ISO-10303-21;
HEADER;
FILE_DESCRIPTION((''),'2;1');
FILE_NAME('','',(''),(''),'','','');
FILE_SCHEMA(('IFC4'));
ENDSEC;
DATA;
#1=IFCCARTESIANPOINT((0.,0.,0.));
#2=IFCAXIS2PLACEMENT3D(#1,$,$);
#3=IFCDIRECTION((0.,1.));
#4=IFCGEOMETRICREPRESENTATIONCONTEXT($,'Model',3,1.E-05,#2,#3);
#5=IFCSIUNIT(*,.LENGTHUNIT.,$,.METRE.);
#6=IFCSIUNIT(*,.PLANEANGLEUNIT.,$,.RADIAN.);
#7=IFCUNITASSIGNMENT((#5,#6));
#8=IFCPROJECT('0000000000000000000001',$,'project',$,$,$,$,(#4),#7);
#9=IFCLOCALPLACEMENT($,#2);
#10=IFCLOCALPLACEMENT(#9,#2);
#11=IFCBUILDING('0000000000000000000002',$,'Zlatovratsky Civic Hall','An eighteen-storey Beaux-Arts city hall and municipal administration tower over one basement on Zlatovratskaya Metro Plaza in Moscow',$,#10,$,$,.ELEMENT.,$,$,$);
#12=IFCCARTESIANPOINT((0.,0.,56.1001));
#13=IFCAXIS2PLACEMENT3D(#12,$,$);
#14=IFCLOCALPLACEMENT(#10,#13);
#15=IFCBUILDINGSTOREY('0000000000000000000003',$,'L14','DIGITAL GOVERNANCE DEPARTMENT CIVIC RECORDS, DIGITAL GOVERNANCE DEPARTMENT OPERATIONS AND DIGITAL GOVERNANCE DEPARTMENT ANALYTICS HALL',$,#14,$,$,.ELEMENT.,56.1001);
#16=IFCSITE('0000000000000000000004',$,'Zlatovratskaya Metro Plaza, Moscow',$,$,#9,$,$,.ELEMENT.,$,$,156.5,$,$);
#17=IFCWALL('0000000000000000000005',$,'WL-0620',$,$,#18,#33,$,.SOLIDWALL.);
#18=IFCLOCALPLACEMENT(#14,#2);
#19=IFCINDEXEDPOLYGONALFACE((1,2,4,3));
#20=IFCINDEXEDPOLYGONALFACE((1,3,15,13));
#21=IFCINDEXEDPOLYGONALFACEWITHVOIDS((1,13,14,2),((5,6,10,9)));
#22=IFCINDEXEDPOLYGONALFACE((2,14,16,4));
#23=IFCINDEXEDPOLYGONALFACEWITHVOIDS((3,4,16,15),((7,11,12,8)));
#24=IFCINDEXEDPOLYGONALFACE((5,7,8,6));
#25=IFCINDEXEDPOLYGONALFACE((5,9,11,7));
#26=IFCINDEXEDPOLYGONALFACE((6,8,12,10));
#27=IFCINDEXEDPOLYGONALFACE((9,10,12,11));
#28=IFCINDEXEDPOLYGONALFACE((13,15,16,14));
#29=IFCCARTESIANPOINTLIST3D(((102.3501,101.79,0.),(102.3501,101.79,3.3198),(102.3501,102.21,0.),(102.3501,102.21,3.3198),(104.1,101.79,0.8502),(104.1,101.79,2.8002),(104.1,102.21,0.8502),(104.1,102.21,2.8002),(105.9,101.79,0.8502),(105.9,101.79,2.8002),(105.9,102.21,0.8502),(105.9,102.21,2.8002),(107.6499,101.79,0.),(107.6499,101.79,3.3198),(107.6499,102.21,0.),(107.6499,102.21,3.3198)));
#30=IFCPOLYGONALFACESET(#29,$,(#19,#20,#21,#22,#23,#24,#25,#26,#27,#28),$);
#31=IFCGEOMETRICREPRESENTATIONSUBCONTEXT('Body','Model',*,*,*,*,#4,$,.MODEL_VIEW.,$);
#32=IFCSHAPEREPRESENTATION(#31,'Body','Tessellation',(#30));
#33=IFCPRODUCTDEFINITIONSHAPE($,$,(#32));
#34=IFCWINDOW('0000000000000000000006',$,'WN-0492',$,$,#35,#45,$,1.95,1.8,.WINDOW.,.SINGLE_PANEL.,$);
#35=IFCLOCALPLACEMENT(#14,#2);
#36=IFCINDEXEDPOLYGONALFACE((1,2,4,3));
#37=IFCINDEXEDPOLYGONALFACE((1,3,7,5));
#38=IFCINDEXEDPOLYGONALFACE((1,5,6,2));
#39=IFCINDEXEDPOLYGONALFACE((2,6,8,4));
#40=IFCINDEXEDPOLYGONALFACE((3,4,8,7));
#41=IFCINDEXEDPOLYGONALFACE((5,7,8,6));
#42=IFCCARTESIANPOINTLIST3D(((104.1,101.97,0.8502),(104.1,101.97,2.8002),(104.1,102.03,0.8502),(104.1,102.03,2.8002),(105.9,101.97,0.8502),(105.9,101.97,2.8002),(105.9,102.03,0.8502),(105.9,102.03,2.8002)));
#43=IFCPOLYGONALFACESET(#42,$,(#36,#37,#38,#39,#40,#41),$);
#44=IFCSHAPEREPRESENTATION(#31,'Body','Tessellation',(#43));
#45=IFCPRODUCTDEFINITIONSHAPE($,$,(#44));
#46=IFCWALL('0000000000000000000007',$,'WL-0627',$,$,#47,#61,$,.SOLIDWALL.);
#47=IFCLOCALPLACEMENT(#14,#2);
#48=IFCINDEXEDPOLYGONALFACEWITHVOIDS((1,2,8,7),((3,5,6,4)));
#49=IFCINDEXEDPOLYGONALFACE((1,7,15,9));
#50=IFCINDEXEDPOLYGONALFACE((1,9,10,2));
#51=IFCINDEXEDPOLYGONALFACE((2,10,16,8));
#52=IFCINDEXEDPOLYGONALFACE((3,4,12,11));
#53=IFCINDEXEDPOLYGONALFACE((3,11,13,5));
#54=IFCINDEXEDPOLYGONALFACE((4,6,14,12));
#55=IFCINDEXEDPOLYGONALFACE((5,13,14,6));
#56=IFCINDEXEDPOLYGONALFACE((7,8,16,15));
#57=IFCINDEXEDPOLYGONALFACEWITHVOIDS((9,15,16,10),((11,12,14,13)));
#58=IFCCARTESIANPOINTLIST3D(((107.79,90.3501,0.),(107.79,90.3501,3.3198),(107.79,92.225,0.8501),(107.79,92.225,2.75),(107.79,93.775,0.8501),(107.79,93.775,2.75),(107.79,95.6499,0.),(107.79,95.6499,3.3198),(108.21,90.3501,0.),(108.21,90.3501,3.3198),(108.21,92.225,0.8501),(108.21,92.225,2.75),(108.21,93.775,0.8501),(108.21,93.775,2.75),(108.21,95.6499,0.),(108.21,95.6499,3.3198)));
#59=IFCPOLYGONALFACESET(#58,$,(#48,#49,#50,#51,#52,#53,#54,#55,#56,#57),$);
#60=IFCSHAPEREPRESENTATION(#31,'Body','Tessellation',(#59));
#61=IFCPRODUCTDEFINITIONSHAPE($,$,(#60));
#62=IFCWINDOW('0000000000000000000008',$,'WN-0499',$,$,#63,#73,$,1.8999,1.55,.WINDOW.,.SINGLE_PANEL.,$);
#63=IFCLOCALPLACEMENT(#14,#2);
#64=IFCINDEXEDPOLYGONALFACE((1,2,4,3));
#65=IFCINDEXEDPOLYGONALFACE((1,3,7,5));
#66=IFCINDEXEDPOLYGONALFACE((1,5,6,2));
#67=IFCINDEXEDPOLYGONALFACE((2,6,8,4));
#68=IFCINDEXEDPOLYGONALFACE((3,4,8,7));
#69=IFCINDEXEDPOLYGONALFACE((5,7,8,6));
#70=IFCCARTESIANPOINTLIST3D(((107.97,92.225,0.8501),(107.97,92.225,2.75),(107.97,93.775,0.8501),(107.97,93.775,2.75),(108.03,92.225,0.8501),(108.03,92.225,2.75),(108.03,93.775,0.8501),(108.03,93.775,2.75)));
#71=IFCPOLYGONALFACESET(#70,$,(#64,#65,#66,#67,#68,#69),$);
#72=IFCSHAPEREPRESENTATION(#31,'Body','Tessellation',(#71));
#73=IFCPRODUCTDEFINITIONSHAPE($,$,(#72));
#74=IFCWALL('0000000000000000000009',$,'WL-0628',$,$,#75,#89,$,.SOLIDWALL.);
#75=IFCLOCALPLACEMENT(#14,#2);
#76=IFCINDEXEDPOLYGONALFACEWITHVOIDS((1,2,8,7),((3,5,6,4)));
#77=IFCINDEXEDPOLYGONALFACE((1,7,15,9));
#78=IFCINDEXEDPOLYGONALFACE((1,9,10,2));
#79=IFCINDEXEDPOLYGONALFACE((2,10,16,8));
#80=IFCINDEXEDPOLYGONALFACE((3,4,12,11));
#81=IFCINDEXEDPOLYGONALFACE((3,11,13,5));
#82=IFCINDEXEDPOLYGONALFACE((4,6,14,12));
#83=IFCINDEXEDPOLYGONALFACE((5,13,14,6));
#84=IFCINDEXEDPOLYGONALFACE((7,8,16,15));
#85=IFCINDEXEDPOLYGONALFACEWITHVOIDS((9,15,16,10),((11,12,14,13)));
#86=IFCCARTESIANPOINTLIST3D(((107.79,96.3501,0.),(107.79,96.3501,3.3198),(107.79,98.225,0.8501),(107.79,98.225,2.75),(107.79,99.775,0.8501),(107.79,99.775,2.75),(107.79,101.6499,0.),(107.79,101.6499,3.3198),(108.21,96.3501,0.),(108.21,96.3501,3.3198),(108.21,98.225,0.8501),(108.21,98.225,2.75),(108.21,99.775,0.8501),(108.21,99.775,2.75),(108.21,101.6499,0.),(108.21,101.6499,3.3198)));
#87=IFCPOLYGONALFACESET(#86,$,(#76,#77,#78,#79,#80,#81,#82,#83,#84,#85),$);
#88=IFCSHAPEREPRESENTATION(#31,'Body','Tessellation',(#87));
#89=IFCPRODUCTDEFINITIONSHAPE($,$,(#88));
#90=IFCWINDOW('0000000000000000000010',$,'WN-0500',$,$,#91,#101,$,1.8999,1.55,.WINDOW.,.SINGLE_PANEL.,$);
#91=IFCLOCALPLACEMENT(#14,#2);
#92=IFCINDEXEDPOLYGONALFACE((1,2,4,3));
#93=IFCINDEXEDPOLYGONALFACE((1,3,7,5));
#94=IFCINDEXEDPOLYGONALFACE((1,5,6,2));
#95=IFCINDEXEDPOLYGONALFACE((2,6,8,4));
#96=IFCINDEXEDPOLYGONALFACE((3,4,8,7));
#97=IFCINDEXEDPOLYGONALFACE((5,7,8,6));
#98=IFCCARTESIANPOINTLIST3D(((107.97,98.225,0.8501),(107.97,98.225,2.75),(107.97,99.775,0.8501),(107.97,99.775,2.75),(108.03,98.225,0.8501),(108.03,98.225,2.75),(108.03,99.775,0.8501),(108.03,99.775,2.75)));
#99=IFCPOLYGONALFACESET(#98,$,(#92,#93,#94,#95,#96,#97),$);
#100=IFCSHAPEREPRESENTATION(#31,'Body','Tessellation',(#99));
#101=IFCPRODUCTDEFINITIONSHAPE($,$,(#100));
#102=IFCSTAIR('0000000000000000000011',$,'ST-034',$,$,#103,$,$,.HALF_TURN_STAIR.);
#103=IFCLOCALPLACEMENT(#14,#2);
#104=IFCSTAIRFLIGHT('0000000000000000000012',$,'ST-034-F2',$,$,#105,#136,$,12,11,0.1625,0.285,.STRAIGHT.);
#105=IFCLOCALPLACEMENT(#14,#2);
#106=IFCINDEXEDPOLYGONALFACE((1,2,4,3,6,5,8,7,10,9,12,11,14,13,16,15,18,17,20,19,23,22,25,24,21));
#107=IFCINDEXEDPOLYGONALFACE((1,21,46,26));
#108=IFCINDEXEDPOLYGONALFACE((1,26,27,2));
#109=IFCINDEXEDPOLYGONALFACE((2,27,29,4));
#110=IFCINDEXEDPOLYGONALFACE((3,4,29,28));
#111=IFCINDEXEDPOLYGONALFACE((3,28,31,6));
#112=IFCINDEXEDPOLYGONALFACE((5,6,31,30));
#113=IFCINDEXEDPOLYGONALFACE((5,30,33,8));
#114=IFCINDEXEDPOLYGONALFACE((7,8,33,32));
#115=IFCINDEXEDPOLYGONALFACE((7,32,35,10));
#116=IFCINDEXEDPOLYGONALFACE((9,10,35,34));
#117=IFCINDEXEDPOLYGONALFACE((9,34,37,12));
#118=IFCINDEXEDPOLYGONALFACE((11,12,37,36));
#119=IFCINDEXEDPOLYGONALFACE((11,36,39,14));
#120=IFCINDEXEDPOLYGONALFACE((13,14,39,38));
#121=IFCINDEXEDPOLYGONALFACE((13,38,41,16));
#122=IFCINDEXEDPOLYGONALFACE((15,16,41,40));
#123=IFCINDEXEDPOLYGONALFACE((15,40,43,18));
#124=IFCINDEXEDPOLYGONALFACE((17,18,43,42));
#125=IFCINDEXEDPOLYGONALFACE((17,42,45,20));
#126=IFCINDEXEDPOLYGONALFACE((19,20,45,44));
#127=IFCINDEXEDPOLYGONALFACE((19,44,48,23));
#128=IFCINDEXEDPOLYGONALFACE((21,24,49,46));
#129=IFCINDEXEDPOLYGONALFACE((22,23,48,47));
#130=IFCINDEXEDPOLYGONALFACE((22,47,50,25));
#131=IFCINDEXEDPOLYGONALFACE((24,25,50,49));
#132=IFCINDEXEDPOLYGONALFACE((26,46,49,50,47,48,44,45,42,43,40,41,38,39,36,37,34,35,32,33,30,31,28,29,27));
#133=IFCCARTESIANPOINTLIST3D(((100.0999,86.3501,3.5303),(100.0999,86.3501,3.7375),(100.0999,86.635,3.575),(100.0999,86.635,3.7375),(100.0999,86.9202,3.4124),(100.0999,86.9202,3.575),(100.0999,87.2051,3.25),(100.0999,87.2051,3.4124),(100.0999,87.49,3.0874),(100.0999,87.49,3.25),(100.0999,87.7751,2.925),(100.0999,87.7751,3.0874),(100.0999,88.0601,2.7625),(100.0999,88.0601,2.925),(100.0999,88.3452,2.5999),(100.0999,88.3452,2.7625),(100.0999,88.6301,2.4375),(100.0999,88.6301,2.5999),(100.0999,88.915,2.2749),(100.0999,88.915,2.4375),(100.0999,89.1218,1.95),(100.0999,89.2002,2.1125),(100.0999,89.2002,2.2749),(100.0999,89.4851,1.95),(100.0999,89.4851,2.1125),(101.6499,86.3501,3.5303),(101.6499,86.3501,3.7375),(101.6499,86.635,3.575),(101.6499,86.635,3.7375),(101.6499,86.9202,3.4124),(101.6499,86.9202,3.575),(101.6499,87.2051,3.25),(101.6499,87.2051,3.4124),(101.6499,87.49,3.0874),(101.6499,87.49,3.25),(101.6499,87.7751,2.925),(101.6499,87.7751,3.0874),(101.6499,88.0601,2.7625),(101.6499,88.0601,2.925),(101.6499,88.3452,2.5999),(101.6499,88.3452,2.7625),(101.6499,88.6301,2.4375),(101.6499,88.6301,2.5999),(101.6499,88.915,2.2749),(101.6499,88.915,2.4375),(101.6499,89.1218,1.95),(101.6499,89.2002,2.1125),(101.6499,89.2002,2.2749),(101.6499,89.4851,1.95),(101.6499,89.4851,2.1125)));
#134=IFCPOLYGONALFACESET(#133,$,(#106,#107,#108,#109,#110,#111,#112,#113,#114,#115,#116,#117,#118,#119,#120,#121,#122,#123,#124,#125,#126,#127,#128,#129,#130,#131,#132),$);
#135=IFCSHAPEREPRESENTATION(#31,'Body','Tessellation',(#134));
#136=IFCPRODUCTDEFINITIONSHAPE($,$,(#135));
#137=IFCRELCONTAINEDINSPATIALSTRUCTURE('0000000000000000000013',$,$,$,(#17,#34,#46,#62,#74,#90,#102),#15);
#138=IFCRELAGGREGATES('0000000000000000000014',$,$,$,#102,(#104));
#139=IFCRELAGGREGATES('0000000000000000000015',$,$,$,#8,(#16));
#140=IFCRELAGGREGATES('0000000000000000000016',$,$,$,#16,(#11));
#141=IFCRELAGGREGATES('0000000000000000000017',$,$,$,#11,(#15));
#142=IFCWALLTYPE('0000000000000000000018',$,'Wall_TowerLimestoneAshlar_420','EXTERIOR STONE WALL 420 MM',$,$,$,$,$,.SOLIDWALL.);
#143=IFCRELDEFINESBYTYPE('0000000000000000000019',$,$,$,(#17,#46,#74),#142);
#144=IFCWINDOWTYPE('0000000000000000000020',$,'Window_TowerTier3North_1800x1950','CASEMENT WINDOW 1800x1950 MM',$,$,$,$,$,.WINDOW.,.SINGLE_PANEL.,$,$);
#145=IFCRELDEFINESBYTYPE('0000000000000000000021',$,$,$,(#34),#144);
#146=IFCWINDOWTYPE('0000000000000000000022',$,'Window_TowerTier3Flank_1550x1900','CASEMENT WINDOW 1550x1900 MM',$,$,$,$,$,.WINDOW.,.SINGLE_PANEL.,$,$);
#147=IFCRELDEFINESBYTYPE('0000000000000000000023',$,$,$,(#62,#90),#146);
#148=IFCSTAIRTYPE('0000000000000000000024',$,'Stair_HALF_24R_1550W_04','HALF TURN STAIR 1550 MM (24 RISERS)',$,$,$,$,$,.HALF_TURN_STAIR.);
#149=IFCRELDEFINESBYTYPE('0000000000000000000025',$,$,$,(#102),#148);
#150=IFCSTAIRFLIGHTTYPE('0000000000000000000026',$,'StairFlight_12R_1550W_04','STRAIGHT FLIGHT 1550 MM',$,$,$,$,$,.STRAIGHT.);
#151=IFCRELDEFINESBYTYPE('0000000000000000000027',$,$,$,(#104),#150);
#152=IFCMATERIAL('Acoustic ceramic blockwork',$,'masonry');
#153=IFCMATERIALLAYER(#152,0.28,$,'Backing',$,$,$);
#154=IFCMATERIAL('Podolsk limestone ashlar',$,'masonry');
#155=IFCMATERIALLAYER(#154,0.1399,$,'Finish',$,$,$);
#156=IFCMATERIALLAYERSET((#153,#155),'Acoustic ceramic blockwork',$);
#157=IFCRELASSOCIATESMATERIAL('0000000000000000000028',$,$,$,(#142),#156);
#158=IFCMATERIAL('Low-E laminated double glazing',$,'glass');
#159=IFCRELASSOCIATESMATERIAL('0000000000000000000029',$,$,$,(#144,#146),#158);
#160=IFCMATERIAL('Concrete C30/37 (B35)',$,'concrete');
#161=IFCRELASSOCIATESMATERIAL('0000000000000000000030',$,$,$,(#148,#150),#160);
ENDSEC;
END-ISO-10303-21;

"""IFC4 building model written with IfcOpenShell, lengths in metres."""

from ifc_helpers import new_model, si_unit, direction, frame, frame_2d, origin, place, context, subcontext, project, spatial, polyline, rectangle, outline, extrude, material, layer, layer_set, type_object, element, fill, aggregate, save


model = new_model("IFC4")

# Units and contexts
model_context = context("Model", 3, precision=1e-05, world=origin(), true_north=direction((0.0, 1.0)))
body_context = subcontext(model_context, "Body", "Model", "MODEL_VIEW")
ifc_project = project(units=[si_unit("LENGTHUNIT", "METRE"), si_unit("PLANEANGLEUNIT", "RADIAN")], contexts=[model_context])

# Site, building, storey
site_placement = place(None, origin())
site = spatial("IfcSite", under=ifc_project, at=site_placement, Name="Zlatovratskaya Metro Plaza, Moscow", CompositionType="ELEMENT", RefElevation=156.5)
building_placement = place(site_placement, origin())
building = spatial("IfcBuilding", under=site, at=building_placement, Name="Zlatovratsky Civic Hall", Description="An eighteen-storey Beaux-Arts city hall and municipal administration tower over one basement on Zlatovratskaya Metro Plaza in Moscow", CompositionType="ELEMENT")
storey_placement = place(building_placement, frame((0.0, 0.0, 56.1001)))
storey = spatial("IfcBuildingStorey", under=building, at=storey_placement, Name="L14", Description="DIGITAL GOVERNANCE DEPARTMENT CIVIC RECORDS, DIGITAL GOVERNANCE DEPARTMENT OPERATIONS AND DIGITAL GOVERNANCE DEPARTMENT ANALYTICS HALL", CompositionType="ELEMENT", Elevation=56.1001)

# Walls, openings, windows
ifc_material_1 = material(Name="Acoustic ceramic blockwork", Category="masonry")
ifc_layer_1 = layer(ifc_material_1, 0.28, Name="Backing")
ifc_material_2 = material(Name="Podolsk limestone ashlar", Category="masonry")
ifc_layer_2 = layer(ifc_material_2, 0.1399, Name="Finish")
ifc_layer_set_1 = layer_set([ifc_layer_1, ifc_layer_2], Name="Acoustic ceramic blockwork")
wall_type_1 = type_object("IfcWallType", Name="Wall_TowerLimestoneAshlar_420", Description="EXTERIOR STONE WALL 420 MM", PredefinedType="SOLIDWALL", material=ifc_layer_set_1)
wall_1_placement = place(storey_placement, frame((102.3501, 102.0, 0.0), z_axis=(0.0, 0.0, 1.0), x_axis=(1.0, 0.0, 0.0)))
wall_1 = element("IfcWall", 1, at=wall_1_placement, inside=storey, type_object=wall_type_1, Name="WL-0620", PredefinedType="SOLIDWALL", context=body_context, shape_type="SweptSolid", body=[
    extrude(rectangle(XDim=5.2998, YDim=0.4199, at=frame_2d((2.6499, 0.0))), origin(), (0.0, 0.0, 1.0), 3.3198),
])
opening_1_placement = place(wall_1_placement, frame((1.75, 0.0, 0.8501)))
opening_1 = element("IfcOpeningElement", 2, at=opening_1_placement, cuts=wall_1, PredefinedType="OPENING", context=body_context, shape_type="SweptSolid", body=[
    extrude(rectangle(XDim=1.8, YDim=1.95, at=frame_2d((0.8999, 0.9751))), frame((0.0, 0.2249, 0.0), z_axis=(0.0, -1.0, 0.0), x_axis=(1.0, 0.0, 0.0)), (0.0, 0.0, 1.0), 0.4497),
])
ifc_material_3 = material(Name="Low-E laminated double glazing", Category="glass")
window_type_1 = type_object("IfcWindowType", Name="Window_TowerTier3North_1800x1950", Description="CASEMENT WINDOW 1800x1950 MM", PartitioningType="SINGLE_PANEL", PredefinedType="WINDOW", material=ifc_material_3)
window_1_placement = place(opening_1_placement, origin())
window_1 = element("IfcWindow", 3, at=window_1_placement, inside=storey, type_object=window_type_1, Name="WN-0492", OverallHeight=1.95, OverallWidth=1.8, PartitioningType="SINGLE_PANEL", PredefinedType="WINDOW", context=body_context, shape_type="SweptSolid", body=[
    extrude(rectangle(XDim=1.8, YDim=1.95, at=frame_2d((0.8999, 0.9751))), frame((0.0, 0.03, 0.0), z_axis=(0.0, -1.0, 0.0), x_axis=(1.0, 0.0, 0.0)), (0.0, 0.0, 1.0), 0.0601),
])
fill(opening_1, window_1)
wall_2_placement = place(storey_placement, frame((108.0, 90.3501, 0.0), z_axis=(0.0, 0.0, 1.0), x_axis=(0.0, 1.0, 0.0)))
wall_2 = element("IfcWall", 4, at=wall_2_placement, inside=storey, type_object=wall_type_1, Name="WL-0627", PredefinedType="SOLIDWALL", context=body_context, shape_type="SweptSolid", body=[
    extrude(rectangle(XDim=5.2998, YDim=0.4199, at=frame_2d((2.6499, 0.0))), origin(), (0.0, 0.0, 1.0), 3.3198),
])
opening_2_placement = place(wall_2_placement, frame((1.875, 0.0, 0.8501)))
opening_2 = element("IfcOpeningElement", 5, at=opening_2_placement, cuts=wall_2, PredefinedType="OPENING", context=body_context, shape_type="SweptSolid", body=[
    extrude(rectangle(XDim=1.55, YDim=1.8999, at=frame_2d((0.7749, 0.95))), frame((0.0, 0.2249, 0.0), z_axis=(0.0, -1.0, 0.0), x_axis=(1.0, 0.0, 0.0)), (0.0, 0.0, 1.0), 0.4497),
])
window_type_2 = type_object("IfcWindowType", Name="Window_TowerTier3Flank_1550x1900", Description="CASEMENT WINDOW 1550x1900 MM", PartitioningType="SINGLE_PANEL", PredefinedType="WINDOW", material=ifc_material_3)
window_2_placement = place(opening_2_placement, origin())
window_2 = element("IfcWindow", 6, at=window_2_placement, inside=storey, type_object=window_type_2, Name="WN-0499", OverallHeight=1.8999, OverallWidth=1.55, PartitioningType="SINGLE_PANEL", PredefinedType="WINDOW", context=body_context, shape_type="SweptSolid", body=[
    extrude(rectangle(XDim=1.55, YDim=1.8999, at=frame_2d((0.7749, 0.95))), frame((0.0, 0.03, 0.0), z_axis=(0.0, -1.0, 0.0), x_axis=(1.0, 0.0, 0.0)), (0.0, 0.0, 1.0), 0.0601),
])
fill(opening_2, window_2)
wall_3_placement = place(storey_placement, frame((108.0, 96.3501, 0.0), z_axis=(0.0, 0.0, 1.0), x_axis=(0.0, 1.0, 0.0)))
wall_3 = element("IfcWall", 7, at=wall_3_placement, inside=storey, type_object=wall_type_1, Name="WL-0628", PredefinedType="SOLIDWALL", context=body_context, shape_type="SweptSolid", body=[
    extrude(rectangle(XDim=5.2998, YDim=0.4199, at=frame_2d((2.6499, 0.0))), origin(), (0.0, 0.0, 1.0), 3.3198),
])
opening_3_placement = place(wall_3_placement, frame((1.875, 0.0, 0.8501)))
opening_3 = element("IfcOpeningElement", 8, at=opening_3_placement, cuts=wall_3, PredefinedType="OPENING", context=body_context, shape_type="SweptSolid", body=[
    extrude(rectangle(XDim=1.55, YDim=1.8999, at=frame_2d((0.7749, 0.95))), frame((0.0, 0.2249, 0.0), z_axis=(0.0, -1.0, 0.0), x_axis=(1.0, 0.0, 0.0)), (0.0, 0.0, 1.0), 0.4497),
])
window_3_placement = place(opening_3_placement, origin())
window_3 = element("IfcWindow", 9, at=window_3_placement, inside=storey, type_object=window_type_2, Name="WN-0500", OverallHeight=1.8999, OverallWidth=1.55, PartitioningType="SINGLE_PANEL", PredefinedType="WINDOW", context=body_context, shape_type="SweptSolid", body=[
    extrude(rectangle(XDim=1.55, YDim=1.8999, at=frame_2d((0.7749, 0.95))), frame((0.0, 0.03, 0.0), z_axis=(0.0, -1.0, 0.0), x_axis=(1.0, 0.0, 0.0)), (0.0, 0.0, 1.0), 0.0601),
])
fill(opening_3, window_3)

# Stair, stair flight
ifc_material_4 = material(Name="Concrete C30/37 (B35)", Category="concrete")
stair_type = type_object("IfcStairType", Name="Stair_HALF_24R_1550W_04", Description="HALF TURN STAIR 1550 MM (24 RISERS)", PredefinedType="HALF_TURN_STAIR", material=ifc_material_4)
stair_placement = place(storey_placement, origin())
stair = element("IfcStair", 10, at=stair_placement, inside=storey, type_object=stair_type, Name="ST-034", PredefinedType="HALF_TURN_STAIR")
stair_flight_type = type_object("IfcStairFlightType", Name="StairFlight_12R_1550W_04", Description="STRAIGHT FLIGHT 1550 MM", PredefinedType="STRAIGHT", material=ifc_material_4)
stair_flight_placement = place(storey_placement, frame((100.875, 89.4851, 1.95), z_axis=(0.0, 0.0, 1.0), x_axis=(0.0, -1.0, 0.0)))
stair_flight = element("IfcStairFlight", 11, at=stair_flight_placement, type_object=stair_flight_type, Name="ST-034-F2", NumberOfRisers=12, NumberOfTreads=11, PredefinedType="STRAIGHT", RiserHeight=0.1625, TreadLength=0.285, context=body_context, shape_type="SweptSolid", body=[
    extrude(outline(polyline([(0.0, 0.0), (0.0, 0.1626), (0.2849, 0.1626), (0.2849, 0.325), (0.5701, 0.325), (0.5701, 0.4875), (0.855, 0.4875), (0.855, 0.6499), (1.1399, 0.6499), (1.1399, 0.8125), (1.425, 0.8125), (1.425, 0.9751), (1.71, 0.9751), (1.71, 1.1375), (1.9951, 1.1375), (1.9951, 1.3), (2.28, 1.3), (2.28, 1.4624), (2.5649, 1.4624), (2.5649, 1.625), (2.8501, 1.625), (2.8501, 1.7876), (3.135, 1.7876), (3.135, 1.95), (3.135, 1.5803), (0.3633, 0.0), (0.0, 0.0)])), frame((0.0, 0.7749, 0.0), z_axis=(0.0, -1.0, 0.0), x_axis=(1.0, 0.0, 0.0)), (0.0, 0.0, 1.0), 1.55),
])
aggregate(stair, [stair_flight])

save(model, "model.ifc")
